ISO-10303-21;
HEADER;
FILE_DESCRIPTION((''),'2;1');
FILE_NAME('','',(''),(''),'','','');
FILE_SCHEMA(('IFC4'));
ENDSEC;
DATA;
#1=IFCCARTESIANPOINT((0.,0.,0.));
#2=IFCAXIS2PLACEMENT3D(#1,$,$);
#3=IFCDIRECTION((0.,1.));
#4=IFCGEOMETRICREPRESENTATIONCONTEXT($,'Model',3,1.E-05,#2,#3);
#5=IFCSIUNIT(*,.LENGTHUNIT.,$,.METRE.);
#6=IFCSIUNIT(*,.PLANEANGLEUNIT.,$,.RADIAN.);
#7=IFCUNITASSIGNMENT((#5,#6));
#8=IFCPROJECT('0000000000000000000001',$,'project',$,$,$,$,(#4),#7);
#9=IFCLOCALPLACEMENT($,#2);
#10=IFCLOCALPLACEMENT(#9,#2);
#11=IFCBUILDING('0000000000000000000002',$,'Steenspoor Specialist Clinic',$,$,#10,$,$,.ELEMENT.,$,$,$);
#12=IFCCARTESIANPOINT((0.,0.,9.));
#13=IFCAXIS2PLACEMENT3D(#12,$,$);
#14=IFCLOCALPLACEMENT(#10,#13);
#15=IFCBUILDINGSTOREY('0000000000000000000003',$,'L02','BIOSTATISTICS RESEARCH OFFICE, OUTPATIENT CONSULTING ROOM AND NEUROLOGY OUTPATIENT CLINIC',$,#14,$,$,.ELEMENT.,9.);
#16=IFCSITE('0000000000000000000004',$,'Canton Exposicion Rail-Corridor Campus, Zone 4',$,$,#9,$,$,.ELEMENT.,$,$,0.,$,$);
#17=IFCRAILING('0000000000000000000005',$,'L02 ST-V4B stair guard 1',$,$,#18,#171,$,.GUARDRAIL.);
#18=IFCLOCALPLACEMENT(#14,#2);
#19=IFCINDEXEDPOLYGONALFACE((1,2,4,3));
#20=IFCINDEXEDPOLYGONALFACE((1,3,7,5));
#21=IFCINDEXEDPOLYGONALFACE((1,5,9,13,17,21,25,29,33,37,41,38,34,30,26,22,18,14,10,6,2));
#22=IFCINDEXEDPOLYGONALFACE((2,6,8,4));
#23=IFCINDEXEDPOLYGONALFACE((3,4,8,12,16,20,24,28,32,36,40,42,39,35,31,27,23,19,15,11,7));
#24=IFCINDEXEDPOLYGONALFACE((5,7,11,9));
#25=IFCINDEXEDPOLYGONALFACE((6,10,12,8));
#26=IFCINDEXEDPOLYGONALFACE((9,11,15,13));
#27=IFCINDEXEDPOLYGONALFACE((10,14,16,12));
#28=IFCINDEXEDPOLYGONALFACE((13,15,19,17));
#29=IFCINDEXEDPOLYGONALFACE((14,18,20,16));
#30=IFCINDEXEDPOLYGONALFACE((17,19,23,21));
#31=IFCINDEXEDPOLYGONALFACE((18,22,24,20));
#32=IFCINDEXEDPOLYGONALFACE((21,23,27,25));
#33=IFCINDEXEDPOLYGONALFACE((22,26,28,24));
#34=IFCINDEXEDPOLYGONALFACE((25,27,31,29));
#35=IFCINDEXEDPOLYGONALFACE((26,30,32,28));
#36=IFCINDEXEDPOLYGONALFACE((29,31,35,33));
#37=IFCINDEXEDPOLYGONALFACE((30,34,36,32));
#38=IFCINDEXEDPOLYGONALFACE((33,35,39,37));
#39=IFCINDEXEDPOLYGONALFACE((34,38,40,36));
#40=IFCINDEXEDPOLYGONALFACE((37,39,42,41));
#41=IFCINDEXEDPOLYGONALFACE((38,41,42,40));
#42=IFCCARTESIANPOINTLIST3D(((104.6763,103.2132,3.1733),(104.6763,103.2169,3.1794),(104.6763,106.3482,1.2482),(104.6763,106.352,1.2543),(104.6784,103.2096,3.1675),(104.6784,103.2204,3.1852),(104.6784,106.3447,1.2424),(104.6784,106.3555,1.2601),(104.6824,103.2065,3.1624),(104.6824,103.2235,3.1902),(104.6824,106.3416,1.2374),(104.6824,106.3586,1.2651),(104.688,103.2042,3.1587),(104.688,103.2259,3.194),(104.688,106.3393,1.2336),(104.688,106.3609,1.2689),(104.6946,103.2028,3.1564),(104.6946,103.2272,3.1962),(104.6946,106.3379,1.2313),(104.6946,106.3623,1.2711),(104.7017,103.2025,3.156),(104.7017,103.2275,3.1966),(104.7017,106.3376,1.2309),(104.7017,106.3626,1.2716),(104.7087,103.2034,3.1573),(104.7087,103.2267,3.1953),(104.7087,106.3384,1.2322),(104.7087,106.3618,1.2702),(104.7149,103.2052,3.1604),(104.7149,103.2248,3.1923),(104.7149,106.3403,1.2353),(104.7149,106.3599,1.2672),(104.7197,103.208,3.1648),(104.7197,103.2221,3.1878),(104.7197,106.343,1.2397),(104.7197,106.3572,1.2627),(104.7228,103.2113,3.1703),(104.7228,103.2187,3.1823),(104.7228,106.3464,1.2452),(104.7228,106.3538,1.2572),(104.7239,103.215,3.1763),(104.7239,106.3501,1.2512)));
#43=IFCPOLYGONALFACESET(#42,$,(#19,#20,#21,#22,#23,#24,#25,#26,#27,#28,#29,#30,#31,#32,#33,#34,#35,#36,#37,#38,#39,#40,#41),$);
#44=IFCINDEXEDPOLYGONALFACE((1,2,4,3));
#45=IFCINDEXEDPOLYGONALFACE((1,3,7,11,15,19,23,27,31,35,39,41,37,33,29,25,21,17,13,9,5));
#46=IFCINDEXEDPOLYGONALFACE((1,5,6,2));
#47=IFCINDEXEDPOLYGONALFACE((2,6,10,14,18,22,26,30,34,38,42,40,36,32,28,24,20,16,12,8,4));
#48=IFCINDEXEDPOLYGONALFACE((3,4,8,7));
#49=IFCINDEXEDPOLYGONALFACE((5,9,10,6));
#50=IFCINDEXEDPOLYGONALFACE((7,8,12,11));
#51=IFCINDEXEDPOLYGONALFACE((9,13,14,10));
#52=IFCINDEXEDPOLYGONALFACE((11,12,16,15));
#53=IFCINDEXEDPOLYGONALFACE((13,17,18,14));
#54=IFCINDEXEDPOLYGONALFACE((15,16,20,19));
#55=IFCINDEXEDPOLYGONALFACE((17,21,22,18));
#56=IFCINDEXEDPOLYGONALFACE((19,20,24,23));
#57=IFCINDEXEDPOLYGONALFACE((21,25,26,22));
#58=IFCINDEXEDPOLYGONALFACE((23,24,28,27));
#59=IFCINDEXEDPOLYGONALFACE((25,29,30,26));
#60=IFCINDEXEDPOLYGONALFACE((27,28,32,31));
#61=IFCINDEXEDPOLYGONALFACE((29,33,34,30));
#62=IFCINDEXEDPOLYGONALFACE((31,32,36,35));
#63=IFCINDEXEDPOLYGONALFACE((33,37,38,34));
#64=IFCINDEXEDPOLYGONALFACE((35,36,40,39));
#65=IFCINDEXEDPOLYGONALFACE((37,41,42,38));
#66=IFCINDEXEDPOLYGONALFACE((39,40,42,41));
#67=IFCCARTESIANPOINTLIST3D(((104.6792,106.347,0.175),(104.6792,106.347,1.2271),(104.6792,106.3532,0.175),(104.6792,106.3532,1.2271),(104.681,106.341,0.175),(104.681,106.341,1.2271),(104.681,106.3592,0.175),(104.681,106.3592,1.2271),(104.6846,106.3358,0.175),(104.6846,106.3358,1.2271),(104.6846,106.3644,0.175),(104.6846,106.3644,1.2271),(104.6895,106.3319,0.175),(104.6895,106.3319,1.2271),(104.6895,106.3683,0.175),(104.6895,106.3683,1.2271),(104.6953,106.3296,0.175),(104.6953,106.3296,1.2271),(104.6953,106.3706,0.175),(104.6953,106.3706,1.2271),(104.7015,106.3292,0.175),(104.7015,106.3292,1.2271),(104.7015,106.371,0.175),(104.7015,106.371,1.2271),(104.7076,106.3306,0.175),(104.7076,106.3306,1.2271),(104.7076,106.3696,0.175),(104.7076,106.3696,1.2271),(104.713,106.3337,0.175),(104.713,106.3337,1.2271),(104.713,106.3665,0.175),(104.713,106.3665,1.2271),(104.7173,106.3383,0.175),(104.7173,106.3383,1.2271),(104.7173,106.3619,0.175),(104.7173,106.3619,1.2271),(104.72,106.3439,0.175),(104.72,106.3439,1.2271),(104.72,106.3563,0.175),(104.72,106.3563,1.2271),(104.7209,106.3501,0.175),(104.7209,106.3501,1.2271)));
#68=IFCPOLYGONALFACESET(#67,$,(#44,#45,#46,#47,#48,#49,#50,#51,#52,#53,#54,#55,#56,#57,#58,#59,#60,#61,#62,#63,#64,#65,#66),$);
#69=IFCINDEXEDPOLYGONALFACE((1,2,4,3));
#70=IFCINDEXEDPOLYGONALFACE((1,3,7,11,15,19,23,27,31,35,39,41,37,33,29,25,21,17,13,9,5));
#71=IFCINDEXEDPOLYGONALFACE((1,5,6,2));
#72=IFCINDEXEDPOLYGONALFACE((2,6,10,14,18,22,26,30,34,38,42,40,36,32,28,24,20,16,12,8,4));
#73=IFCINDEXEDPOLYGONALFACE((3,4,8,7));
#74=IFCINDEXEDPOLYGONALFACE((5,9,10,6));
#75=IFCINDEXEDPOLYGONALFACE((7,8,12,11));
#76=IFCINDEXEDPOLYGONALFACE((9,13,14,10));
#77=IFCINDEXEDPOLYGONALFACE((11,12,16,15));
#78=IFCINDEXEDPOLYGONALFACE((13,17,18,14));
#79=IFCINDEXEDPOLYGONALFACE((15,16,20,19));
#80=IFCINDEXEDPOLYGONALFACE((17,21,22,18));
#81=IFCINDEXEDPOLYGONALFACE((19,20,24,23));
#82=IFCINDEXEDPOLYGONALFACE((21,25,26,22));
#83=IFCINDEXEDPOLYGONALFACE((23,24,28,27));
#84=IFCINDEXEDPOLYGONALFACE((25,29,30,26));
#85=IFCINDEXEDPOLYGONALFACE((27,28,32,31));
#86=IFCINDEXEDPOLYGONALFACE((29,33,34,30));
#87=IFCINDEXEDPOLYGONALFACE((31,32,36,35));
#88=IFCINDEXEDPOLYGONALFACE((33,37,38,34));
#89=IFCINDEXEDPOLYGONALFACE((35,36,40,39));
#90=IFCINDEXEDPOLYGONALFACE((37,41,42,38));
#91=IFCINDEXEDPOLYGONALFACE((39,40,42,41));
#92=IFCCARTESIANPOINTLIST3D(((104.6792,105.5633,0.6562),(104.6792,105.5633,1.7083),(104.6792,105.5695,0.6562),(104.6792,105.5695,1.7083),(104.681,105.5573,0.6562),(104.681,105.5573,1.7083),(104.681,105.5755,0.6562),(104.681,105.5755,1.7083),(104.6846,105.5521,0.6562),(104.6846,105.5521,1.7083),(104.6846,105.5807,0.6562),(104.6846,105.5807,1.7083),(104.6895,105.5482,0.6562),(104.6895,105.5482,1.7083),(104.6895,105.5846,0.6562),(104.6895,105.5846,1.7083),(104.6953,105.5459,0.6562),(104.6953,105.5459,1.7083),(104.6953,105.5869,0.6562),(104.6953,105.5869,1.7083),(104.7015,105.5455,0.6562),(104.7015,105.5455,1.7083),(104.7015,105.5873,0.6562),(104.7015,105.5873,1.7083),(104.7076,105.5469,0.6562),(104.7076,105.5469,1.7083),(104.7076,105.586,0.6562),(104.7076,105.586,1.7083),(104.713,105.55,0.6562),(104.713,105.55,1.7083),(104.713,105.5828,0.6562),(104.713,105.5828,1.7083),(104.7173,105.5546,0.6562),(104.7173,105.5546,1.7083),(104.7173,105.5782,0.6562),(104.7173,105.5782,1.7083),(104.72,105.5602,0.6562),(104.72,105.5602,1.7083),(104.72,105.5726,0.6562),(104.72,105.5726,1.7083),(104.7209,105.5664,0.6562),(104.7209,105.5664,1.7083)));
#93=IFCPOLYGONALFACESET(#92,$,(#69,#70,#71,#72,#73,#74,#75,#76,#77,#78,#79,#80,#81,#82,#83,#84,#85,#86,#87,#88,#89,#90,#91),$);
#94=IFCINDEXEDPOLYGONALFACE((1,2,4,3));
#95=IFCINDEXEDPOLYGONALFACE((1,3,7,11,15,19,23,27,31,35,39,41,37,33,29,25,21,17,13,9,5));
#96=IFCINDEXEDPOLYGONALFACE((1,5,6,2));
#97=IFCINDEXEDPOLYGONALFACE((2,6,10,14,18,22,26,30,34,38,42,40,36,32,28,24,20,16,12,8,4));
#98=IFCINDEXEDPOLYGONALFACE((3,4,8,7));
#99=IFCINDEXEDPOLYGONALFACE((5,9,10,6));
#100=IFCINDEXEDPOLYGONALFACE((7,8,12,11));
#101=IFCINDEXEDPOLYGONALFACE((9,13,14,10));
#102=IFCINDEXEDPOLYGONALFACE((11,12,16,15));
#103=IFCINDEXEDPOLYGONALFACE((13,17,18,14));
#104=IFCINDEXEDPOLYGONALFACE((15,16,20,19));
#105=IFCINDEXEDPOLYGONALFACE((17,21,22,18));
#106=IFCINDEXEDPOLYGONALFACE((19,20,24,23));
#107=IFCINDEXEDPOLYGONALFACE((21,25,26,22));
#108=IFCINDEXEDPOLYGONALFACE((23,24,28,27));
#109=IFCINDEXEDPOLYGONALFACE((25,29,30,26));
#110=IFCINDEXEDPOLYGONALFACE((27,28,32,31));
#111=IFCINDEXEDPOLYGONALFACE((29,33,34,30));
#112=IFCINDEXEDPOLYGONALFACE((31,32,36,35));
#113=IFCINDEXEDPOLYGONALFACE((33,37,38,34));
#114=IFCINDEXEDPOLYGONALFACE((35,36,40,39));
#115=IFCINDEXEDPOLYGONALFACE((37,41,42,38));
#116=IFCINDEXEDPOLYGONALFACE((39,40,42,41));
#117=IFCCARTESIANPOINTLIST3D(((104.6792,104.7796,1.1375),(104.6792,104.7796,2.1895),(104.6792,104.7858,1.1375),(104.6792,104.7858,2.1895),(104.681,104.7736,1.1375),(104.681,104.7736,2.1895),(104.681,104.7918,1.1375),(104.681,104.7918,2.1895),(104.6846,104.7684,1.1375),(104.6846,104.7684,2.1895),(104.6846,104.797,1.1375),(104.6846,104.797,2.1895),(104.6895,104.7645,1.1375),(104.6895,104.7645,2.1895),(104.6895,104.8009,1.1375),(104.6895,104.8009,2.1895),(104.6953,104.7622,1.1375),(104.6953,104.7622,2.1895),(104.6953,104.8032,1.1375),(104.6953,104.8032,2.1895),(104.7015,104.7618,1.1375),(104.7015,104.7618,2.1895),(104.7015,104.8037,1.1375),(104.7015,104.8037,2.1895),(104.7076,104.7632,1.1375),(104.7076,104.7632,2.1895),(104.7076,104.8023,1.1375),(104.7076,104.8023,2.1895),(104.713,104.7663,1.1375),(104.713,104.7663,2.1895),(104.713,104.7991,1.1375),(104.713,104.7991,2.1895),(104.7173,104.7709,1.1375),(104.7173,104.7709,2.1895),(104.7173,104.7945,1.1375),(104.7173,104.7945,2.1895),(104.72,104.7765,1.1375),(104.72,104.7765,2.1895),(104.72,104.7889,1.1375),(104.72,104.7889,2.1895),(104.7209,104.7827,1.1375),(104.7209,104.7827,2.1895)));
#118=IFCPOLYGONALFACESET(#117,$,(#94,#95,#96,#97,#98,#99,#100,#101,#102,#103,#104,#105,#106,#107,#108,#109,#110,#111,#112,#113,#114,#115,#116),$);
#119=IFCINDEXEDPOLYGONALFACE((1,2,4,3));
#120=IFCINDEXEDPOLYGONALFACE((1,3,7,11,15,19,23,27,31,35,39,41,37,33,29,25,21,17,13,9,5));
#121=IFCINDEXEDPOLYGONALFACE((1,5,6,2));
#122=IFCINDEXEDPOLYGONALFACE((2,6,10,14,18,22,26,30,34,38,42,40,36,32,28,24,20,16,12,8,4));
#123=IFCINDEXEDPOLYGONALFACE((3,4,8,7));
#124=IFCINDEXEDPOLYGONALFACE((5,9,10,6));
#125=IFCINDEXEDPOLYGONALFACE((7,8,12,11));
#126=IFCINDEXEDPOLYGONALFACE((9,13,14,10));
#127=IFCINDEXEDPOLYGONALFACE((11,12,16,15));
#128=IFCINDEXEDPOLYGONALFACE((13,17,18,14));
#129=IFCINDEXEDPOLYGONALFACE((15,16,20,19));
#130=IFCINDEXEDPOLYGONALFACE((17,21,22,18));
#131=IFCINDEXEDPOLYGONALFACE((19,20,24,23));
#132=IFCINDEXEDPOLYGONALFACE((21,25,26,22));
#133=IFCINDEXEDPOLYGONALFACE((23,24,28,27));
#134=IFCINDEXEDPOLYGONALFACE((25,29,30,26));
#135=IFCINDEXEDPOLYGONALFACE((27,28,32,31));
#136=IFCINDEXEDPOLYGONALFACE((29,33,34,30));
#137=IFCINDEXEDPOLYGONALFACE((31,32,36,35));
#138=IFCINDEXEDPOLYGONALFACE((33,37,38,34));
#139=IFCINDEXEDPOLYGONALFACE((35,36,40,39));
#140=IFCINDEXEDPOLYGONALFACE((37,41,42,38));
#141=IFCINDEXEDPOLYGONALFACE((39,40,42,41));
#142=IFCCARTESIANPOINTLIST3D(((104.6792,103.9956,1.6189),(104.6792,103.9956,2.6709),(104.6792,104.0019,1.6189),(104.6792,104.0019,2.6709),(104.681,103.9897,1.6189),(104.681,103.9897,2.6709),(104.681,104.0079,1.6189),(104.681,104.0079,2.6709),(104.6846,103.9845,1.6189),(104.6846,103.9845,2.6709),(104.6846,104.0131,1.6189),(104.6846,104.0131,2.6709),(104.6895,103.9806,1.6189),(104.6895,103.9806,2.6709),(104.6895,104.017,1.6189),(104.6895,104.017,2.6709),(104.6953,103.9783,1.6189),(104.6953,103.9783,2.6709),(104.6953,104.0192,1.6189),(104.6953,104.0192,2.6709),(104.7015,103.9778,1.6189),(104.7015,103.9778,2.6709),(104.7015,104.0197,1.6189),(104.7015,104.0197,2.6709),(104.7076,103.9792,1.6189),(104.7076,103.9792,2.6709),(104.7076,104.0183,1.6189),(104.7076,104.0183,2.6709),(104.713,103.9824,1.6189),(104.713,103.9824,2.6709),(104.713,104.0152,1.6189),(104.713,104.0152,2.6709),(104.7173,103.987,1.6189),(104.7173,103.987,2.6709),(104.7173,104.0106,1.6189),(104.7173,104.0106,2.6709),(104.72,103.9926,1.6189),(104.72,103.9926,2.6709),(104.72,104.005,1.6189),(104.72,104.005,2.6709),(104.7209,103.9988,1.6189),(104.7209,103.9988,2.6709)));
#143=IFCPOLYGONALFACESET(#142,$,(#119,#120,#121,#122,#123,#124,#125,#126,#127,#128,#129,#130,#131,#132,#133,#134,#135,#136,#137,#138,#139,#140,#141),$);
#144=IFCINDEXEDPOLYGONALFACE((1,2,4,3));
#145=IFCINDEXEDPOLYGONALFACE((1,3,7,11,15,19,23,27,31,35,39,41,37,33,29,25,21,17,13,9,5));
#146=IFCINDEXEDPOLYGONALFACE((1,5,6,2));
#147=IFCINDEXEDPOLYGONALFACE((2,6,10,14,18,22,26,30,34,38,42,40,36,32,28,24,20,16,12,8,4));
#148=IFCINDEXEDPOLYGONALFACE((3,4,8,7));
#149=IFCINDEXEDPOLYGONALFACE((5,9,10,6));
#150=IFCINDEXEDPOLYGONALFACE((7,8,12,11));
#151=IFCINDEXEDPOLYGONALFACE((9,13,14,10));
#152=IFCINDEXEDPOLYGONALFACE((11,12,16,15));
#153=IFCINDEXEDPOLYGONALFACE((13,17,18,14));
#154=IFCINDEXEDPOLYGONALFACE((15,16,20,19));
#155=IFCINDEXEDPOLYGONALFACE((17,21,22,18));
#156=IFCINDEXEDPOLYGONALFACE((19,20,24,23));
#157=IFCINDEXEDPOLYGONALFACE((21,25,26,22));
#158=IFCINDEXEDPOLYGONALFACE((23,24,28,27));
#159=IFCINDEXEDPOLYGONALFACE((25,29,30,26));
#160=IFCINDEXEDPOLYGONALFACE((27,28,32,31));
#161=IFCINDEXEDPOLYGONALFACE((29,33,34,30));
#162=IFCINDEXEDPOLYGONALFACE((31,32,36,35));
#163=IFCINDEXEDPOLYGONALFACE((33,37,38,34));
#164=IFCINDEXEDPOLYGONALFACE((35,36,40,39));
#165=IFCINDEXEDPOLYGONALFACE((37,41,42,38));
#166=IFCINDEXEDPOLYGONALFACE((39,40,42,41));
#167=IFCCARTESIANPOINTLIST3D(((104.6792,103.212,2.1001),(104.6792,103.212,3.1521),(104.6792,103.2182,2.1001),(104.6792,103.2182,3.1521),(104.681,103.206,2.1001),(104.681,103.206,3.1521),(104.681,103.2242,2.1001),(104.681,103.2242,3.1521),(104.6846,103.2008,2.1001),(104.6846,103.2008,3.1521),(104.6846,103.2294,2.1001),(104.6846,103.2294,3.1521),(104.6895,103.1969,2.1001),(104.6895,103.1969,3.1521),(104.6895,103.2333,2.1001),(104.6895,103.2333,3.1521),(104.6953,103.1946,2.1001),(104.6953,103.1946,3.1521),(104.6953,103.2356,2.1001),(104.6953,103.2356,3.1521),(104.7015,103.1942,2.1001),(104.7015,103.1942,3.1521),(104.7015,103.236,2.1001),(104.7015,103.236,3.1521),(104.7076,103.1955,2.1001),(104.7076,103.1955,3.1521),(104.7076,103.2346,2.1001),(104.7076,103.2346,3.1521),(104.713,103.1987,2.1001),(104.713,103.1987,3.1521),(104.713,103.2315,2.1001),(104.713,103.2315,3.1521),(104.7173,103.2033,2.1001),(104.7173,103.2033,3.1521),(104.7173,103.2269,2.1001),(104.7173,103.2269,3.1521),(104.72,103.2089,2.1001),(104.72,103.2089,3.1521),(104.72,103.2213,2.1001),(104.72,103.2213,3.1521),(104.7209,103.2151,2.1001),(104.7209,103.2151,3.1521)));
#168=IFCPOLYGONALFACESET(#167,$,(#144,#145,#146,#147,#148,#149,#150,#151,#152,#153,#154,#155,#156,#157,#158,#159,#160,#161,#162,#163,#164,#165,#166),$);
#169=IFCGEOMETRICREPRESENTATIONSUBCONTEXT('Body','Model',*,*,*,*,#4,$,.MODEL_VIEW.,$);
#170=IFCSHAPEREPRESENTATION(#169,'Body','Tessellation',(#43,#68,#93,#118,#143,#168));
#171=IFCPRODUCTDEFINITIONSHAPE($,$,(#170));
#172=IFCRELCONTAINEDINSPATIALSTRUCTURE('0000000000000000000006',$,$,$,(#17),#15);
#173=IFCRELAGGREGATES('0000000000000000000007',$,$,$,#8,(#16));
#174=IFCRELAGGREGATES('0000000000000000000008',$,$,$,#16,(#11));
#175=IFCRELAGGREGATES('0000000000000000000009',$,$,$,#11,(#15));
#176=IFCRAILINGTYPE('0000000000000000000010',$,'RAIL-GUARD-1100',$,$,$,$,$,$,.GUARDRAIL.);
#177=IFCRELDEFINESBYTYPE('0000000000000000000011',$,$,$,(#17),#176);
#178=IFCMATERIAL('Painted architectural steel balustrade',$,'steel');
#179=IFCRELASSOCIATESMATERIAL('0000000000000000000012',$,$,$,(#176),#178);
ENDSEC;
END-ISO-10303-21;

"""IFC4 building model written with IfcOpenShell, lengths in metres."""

from ifc_helpers import new_model, si_unit, direction, frame, origin, origin_2d, place, context, subcontext, project, spatial, circle, extrude, material, type_object, element, save


model = new_model("IFC4")

# Units and contexts
model_context = context("Model", 3, precision=1e-05, world=origin(), true_north=direction((0.0, 1.0)))
body_context = subcontext(model_context, "Body", "Model", "MODEL_VIEW")
ifc_project = project(units=[si_unit("LENGTHUNIT", "METRE"), si_unit("PLANEANGLEUNIT", "RADIAN")], contexts=[model_context])

# Site, building, storey
site_placement = place(None, origin())
site = spatial("IfcSite", under=ifc_project, at=site_placement, Name="Canton Exposicion Rail-Corridor Campus, Zone 4", CompositionType="ELEMENT", RefElevation=0.0)
building_placement = place(site_placement, origin())
building = spatial("IfcBuilding", under=site, at=building_placement, Name="Steenspoor Specialist Clinic", CompositionType="ELEMENT")
storey_placement = place(building_placement, frame((0.0, 0.0, 9.0)))
storey = spatial("IfcBuildingStorey", under=building, at=storey_placement, Name="L02", Description="BIOSTATISTICS RESEARCH OFFICE, OUTPATIENT CONSULTING ROOM AND NEUROLOGY OUTPATIENT CLINIC", CompositionType="ELEMENT", Elevation=9.0)

# Railing
ifc_material_1 = material(Name="Painted architectural steel balustrade", Category="steel")
railing_type_1 = type_object("IfcRailingType", Name="RAIL-GUARD-1100", PredefinedType="GUARDRAIL", material=ifc_material_1)
railing_1_placement = place(storey_placement, frame((104.7, 106.3501, 0.175)))
element("IfcRailing", 1, at=railing_1_placement, inside=storey, type_object=railing_type_1, Name="L02 ST-V4B stair guard 1", PredefinedType="GUARDRAIL", context=body_context, shape_type="SweptSolid", body=[
    extrude(circle(Radius=0.0239, at=origin_2d()), frame((0.0, 0.0, 1.0762), z_axis=(0.0, -0.852166, 0.523271), x_axis=(1.0, 0.0, 0.0)), (0.0, 0.0, 1.0), 3.679),
    extrude(circle(Radius=0.021, at=origin_2d()), origin(), (0.0, 0.0, 1.0), 1.052),
    extrude(circle(Radius=0.021, at=origin_2d()), frame((0.0, -0.7837, 0.4812)), (0.0, 0.0, 1.0), 1.052),
    extrude(circle(Radius=0.021, at=origin_2d()), frame((0.0, -1.5674, 0.9624)), (0.0, 0.0, 1.0), 1.052),
    extrude(circle(Radius=0.021, at=origin_2d()), frame((0.0, -2.3513, 1.4438)), (0.0, 0.0, 1.0), 1.052),
    extrude(circle(Radius=0.021, at=origin_2d()), frame((0.0, -3.135, 1.925)), (0.0, 0.0, 1.0), 1.052),
])

save(model, "model.ifc")
